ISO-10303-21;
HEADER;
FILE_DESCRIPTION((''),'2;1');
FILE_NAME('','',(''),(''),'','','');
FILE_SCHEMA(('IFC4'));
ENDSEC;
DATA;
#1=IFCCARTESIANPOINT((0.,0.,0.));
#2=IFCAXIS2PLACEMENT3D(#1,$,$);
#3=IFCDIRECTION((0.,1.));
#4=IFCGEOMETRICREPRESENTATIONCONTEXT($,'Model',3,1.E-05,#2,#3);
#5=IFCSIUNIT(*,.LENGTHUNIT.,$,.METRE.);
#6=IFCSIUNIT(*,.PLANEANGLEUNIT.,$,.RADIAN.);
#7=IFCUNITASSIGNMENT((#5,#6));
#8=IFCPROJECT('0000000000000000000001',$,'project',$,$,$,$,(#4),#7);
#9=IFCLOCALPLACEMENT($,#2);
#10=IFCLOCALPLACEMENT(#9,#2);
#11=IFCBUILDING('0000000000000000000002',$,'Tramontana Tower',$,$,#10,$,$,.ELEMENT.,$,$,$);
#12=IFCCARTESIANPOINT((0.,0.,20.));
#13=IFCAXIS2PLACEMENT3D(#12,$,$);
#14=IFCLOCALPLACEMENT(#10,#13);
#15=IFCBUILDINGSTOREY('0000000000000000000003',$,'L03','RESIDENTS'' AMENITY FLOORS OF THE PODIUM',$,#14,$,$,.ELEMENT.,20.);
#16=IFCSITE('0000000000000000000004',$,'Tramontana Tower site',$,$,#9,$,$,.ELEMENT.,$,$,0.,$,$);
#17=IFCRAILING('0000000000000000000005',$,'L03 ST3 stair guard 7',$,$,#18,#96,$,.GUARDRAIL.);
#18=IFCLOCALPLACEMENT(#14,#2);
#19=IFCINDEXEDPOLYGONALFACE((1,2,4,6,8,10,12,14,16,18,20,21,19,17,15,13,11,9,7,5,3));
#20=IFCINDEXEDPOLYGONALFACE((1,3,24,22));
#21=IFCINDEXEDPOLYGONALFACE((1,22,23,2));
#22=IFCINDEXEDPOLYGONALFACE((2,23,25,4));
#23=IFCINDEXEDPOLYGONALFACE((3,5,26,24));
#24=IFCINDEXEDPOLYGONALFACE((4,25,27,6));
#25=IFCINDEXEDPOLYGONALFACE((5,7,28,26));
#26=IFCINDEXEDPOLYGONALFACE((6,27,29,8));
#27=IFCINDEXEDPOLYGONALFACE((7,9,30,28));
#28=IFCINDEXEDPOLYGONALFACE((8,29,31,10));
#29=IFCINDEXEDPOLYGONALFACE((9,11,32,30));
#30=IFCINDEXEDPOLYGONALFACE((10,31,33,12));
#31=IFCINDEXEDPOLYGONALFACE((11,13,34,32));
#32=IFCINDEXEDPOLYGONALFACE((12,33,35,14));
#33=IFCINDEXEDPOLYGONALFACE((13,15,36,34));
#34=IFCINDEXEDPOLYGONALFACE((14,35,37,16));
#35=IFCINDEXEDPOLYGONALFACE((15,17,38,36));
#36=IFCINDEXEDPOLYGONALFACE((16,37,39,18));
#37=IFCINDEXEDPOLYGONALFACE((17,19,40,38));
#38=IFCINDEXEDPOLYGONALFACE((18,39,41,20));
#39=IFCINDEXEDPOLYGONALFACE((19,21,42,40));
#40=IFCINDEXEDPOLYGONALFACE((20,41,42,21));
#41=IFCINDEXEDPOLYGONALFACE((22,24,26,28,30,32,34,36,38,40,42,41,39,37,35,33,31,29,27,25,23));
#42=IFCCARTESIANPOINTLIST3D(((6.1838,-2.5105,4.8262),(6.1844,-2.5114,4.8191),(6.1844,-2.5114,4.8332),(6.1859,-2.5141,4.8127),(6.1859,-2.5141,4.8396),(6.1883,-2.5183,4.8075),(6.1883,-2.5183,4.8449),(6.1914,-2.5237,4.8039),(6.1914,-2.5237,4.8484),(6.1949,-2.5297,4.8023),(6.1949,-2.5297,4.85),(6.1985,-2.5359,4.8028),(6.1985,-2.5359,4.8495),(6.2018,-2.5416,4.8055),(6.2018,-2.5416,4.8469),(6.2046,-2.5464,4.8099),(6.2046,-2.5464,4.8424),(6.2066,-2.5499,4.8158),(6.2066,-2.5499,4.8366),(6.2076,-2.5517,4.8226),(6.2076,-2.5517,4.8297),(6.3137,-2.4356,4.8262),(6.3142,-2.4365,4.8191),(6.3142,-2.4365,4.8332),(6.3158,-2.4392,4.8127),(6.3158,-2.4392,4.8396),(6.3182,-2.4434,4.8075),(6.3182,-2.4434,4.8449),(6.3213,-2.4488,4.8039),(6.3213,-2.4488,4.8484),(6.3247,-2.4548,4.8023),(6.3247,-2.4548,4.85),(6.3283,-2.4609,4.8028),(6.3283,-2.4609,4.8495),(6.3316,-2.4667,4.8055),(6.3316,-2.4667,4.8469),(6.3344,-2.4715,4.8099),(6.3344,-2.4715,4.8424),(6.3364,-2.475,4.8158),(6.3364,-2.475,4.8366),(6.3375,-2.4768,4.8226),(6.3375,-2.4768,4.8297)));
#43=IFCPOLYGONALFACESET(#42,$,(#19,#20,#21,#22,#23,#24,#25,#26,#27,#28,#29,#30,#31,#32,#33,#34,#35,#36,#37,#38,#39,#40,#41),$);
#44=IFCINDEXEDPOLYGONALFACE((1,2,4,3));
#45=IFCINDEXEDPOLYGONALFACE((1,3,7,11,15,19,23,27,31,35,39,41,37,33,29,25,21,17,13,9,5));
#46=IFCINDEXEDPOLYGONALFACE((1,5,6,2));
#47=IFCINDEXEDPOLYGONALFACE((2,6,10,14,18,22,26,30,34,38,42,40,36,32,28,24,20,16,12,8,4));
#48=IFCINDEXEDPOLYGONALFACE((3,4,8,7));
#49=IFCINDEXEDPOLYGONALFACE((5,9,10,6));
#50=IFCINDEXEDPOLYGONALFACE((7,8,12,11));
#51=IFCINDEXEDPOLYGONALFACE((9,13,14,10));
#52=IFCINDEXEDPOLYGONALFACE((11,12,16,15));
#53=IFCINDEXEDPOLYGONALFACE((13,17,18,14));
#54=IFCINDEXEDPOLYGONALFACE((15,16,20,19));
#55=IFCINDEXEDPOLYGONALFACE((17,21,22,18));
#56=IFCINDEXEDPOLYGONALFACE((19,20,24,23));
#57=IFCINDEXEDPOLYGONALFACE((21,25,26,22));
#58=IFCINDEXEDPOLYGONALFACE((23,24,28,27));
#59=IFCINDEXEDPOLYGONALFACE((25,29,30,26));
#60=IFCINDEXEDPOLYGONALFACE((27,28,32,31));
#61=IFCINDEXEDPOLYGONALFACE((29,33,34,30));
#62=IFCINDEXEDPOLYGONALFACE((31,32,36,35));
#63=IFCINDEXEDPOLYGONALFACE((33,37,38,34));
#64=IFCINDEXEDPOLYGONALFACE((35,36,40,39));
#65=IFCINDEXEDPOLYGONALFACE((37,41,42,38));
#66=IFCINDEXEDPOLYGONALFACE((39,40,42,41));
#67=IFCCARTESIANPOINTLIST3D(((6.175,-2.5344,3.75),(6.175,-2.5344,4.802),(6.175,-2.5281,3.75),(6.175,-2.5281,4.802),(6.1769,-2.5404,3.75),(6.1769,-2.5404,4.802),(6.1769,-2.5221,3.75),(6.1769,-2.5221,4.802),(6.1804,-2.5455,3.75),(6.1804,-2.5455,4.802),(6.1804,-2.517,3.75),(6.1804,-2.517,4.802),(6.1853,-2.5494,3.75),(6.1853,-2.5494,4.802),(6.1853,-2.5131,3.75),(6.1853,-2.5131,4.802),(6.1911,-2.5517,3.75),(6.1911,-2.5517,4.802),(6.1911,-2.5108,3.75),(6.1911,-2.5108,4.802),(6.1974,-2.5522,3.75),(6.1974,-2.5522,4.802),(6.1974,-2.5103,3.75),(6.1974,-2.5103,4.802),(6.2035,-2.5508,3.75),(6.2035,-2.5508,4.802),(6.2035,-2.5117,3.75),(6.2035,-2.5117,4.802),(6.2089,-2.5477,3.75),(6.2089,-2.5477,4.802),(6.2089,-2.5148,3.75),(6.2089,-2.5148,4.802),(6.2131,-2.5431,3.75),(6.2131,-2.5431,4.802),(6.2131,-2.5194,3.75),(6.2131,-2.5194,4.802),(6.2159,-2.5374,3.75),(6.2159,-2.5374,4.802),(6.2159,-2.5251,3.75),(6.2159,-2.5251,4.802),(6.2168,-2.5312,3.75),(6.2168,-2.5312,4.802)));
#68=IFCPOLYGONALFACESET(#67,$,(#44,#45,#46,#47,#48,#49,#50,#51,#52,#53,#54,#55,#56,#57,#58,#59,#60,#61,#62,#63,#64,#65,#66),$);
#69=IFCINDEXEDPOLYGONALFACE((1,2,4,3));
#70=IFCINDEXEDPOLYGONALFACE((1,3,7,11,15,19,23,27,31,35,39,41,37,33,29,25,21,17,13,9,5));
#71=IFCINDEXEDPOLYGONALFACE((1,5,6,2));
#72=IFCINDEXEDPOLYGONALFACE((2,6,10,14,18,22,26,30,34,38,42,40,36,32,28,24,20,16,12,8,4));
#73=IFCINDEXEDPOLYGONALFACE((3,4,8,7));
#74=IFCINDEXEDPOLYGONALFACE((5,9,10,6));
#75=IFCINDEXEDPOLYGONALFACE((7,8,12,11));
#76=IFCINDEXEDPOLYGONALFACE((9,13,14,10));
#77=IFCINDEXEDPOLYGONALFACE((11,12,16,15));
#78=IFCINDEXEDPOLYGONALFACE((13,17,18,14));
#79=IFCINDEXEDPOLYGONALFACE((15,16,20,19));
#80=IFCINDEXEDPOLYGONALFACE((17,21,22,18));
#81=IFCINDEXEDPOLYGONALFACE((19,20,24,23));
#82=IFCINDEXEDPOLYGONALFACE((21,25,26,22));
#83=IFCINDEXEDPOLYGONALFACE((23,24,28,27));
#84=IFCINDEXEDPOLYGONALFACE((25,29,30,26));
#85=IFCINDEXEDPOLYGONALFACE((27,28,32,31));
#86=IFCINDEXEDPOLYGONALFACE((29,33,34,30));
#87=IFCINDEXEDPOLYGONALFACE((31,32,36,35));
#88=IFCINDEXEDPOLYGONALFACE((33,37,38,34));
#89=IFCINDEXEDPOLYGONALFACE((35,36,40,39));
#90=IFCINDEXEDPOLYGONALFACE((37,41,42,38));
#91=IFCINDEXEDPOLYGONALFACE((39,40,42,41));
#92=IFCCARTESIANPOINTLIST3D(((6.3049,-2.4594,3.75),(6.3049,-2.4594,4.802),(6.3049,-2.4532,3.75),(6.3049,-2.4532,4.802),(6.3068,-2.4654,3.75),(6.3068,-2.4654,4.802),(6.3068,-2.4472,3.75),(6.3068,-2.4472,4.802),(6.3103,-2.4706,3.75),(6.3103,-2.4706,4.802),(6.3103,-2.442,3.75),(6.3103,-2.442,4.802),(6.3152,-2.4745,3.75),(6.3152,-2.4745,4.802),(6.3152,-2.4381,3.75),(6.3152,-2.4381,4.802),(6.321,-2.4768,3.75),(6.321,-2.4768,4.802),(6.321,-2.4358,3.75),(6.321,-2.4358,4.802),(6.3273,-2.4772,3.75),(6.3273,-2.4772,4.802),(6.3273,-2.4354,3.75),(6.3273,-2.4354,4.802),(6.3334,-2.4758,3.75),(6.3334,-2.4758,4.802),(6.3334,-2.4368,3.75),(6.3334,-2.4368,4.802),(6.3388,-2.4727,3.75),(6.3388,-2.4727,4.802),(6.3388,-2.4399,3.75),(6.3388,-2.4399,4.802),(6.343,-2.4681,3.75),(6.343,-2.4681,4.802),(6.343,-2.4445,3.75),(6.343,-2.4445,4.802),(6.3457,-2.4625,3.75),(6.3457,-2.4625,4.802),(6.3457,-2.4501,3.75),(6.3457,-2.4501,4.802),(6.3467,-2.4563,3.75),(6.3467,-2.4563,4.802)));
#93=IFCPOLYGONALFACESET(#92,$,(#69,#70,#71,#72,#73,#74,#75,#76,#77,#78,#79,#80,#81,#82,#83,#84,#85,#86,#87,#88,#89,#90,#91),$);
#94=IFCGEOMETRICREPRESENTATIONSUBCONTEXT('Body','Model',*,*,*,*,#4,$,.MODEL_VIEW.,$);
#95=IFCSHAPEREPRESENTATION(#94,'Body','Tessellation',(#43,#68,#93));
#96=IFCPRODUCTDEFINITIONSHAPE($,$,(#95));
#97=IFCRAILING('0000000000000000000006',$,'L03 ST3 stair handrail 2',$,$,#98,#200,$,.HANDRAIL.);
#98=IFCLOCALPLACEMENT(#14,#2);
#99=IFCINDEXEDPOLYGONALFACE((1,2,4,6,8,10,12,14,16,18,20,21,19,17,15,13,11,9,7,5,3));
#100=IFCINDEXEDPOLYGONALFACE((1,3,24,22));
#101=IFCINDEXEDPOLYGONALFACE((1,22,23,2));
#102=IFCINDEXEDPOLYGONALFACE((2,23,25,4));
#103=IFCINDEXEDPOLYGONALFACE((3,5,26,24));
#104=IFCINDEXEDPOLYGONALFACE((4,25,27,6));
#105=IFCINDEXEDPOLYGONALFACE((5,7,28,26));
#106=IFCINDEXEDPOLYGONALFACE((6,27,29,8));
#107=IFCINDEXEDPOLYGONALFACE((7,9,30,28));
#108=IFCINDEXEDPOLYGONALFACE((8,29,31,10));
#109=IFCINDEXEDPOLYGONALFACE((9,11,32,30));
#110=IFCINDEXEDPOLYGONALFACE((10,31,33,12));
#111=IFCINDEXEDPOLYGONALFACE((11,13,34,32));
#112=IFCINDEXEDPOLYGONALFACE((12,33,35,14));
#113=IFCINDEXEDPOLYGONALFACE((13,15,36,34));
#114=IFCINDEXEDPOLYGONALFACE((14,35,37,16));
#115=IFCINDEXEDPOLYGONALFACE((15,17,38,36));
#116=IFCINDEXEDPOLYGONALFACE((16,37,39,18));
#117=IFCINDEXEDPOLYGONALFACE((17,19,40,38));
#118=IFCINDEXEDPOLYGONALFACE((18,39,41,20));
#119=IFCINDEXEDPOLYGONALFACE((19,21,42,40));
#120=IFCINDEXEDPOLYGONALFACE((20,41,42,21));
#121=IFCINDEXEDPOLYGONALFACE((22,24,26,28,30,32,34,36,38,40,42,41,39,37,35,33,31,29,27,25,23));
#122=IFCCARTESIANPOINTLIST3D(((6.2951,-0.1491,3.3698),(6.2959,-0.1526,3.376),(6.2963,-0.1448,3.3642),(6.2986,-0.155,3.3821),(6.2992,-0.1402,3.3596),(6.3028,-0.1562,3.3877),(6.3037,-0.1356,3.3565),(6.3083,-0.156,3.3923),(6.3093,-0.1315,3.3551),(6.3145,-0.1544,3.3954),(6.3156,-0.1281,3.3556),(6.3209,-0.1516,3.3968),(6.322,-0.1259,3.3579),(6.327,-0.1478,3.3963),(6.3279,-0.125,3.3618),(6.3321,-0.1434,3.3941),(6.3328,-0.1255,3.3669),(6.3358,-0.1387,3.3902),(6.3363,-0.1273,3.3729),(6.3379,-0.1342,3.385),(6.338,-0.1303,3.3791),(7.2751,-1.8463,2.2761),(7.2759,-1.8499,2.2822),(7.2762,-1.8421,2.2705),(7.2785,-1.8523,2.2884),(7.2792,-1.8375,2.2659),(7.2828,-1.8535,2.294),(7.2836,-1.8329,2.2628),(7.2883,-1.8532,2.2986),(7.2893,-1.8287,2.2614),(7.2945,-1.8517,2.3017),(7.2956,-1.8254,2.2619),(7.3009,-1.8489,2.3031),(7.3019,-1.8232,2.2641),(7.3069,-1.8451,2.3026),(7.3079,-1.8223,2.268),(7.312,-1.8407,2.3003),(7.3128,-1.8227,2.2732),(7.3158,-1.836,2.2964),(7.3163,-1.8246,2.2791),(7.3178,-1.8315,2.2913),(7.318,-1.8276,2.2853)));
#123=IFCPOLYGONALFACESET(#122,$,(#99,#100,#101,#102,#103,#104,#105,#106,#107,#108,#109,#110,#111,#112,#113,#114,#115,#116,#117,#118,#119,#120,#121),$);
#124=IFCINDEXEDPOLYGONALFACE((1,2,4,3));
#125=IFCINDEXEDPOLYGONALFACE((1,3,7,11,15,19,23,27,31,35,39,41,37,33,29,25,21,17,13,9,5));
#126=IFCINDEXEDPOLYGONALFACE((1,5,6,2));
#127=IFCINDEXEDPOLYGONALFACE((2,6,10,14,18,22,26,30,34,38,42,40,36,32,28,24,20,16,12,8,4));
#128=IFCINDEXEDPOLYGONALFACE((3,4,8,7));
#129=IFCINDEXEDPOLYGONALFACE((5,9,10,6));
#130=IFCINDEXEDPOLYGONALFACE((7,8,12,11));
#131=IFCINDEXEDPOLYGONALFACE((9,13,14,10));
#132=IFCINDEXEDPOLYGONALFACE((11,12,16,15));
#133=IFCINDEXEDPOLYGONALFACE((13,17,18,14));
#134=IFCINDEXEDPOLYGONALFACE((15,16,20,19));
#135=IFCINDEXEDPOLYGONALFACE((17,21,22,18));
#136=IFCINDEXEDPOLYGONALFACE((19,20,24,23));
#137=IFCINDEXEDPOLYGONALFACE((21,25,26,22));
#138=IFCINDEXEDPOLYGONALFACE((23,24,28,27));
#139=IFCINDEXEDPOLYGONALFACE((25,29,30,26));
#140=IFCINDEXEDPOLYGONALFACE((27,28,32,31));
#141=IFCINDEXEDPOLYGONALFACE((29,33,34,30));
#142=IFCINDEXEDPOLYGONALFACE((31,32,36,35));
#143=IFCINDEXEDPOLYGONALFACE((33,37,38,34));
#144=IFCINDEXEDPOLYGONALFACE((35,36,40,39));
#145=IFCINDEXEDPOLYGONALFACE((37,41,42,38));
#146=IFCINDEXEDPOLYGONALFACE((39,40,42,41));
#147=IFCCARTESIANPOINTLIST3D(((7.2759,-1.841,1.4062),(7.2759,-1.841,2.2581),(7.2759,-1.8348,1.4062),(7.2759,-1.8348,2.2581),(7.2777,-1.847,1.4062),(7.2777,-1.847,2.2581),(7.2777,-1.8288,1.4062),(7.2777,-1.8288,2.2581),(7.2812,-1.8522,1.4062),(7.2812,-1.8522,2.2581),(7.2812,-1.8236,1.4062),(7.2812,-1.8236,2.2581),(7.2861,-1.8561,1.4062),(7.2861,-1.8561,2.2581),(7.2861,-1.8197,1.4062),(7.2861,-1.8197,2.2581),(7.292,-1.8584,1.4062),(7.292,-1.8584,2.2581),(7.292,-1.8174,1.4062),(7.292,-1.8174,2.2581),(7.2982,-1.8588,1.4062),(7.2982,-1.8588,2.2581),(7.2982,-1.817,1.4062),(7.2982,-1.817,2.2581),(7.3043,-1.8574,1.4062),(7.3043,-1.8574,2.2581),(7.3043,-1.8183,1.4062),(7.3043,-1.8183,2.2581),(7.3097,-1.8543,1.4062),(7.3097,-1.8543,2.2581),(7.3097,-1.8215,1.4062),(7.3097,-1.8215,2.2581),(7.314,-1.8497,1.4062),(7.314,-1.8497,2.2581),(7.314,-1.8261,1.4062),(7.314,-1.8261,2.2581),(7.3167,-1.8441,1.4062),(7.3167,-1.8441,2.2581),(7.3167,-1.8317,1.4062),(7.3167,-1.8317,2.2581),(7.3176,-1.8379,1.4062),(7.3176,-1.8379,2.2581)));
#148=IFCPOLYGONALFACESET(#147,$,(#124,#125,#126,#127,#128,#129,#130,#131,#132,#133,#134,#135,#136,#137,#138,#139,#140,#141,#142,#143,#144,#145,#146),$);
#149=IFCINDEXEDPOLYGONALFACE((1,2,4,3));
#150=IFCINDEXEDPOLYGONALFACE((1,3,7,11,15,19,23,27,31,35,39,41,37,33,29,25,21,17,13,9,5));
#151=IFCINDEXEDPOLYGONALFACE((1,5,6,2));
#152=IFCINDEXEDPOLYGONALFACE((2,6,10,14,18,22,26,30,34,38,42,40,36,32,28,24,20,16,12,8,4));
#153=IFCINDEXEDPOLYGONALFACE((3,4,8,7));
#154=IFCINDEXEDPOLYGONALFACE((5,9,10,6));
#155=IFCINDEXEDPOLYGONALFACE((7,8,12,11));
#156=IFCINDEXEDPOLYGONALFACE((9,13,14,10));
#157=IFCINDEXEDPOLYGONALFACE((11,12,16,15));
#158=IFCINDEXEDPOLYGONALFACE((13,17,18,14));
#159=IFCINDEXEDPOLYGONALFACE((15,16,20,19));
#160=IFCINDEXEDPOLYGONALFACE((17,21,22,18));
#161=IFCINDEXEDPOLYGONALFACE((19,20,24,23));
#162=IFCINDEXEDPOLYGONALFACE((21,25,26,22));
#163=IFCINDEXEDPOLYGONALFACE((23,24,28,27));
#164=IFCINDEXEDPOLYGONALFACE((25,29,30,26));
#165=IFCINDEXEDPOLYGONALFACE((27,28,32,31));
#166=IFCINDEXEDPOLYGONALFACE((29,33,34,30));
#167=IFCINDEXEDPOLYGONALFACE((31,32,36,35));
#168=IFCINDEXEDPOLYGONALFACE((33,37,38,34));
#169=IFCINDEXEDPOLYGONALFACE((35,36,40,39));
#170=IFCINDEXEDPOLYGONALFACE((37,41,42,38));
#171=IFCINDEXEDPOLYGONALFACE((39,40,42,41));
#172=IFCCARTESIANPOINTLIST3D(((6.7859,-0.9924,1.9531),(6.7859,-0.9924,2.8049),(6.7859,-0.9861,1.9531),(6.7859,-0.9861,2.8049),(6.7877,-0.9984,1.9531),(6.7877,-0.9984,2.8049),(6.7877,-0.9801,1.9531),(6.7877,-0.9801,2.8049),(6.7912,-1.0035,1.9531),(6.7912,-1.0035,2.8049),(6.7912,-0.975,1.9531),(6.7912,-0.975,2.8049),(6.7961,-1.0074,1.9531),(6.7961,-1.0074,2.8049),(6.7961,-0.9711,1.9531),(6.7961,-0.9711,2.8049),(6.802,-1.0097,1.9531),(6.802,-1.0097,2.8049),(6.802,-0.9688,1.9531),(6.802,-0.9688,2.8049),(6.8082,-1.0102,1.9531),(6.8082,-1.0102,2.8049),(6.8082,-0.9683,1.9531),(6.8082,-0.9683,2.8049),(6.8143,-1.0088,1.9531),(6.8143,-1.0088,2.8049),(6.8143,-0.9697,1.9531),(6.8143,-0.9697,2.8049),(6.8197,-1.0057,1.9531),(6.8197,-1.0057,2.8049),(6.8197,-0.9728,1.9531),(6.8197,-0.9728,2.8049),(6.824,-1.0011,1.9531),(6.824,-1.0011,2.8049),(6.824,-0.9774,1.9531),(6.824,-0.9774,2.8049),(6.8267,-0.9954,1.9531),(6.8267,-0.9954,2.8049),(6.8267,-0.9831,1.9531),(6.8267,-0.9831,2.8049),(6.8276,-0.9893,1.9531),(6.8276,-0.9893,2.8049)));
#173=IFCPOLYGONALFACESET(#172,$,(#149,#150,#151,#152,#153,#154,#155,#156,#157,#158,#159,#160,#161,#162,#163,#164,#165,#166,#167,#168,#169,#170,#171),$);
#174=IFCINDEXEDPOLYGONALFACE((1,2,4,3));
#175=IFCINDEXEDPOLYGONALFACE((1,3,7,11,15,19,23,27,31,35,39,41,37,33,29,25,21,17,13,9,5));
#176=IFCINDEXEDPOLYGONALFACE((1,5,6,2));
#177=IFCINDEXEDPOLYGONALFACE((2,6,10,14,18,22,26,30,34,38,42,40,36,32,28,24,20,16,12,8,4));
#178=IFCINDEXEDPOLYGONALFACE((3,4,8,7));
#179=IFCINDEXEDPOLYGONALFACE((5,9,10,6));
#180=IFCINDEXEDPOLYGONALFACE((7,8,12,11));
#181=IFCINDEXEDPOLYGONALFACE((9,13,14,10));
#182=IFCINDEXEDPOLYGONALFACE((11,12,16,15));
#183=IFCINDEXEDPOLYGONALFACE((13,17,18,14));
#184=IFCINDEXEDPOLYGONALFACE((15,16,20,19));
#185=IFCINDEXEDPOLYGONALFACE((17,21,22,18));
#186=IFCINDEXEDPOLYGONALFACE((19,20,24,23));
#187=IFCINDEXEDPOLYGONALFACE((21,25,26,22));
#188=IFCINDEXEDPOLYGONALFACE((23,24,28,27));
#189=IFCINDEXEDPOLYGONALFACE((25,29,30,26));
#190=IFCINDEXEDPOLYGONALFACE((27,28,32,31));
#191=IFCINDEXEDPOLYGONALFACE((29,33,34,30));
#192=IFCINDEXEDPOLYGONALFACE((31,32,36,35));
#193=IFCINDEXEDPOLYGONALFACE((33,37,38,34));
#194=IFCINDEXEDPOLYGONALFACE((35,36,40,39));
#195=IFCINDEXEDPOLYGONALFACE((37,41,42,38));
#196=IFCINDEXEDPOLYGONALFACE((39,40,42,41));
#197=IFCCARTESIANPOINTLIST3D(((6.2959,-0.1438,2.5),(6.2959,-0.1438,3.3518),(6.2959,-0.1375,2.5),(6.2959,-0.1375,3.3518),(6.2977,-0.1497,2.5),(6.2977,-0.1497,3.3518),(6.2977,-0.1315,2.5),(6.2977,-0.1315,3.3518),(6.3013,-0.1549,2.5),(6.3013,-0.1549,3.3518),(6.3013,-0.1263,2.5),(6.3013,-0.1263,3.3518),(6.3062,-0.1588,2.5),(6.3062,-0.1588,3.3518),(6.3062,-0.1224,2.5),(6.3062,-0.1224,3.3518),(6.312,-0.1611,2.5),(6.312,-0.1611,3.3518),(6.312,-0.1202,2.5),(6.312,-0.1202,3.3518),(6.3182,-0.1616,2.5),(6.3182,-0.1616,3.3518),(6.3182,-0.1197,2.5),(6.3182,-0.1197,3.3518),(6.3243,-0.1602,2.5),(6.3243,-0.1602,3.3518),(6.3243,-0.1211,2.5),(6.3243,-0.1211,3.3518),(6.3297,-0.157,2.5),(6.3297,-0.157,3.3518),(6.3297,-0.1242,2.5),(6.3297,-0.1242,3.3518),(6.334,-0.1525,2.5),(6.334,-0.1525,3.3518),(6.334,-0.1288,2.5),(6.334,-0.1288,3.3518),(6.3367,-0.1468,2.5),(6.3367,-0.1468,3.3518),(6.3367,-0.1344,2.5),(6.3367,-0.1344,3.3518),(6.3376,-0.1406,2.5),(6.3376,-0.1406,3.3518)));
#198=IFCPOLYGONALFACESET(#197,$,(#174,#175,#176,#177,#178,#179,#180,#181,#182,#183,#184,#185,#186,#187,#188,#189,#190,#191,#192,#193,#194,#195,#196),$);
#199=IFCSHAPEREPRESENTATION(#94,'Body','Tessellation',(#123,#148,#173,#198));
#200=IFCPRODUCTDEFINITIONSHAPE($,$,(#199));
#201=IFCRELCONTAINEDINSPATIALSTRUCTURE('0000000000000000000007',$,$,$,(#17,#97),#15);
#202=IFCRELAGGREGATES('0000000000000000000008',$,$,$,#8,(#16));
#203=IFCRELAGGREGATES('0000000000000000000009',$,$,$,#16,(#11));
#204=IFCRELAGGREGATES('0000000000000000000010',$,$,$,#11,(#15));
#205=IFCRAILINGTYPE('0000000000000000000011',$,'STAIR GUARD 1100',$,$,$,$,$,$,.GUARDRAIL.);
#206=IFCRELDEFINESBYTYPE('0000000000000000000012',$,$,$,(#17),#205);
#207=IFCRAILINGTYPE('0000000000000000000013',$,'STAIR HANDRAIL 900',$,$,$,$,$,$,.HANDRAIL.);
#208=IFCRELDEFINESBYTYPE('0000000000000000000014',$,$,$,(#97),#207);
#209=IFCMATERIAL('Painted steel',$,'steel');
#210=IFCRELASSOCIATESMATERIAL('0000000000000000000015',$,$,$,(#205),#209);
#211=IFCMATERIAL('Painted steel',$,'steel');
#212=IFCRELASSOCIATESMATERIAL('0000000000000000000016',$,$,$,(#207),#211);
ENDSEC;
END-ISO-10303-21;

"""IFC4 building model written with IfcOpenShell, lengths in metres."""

from ifc_helpers import new_model, si_unit, direction, frame, origin, origin_2d, place, context, subcontext, project, spatial, circle, extrude, material, type_object, element, save


model = new_model("IFC4")

# Units and contexts
model_context = context("Model", 3, precision=1e-05, world=origin(), true_north=direction((0.0, 1.0)))
body_context = subcontext(model_context, "Body", "Model", "MODEL_VIEW")
ifc_project = project(units=[si_unit("LENGTHUNIT", "METRE"), si_unit("PLANEANGLEUNIT", "RADIAN")], contexts=[model_context])

# Site, building, storey
site_placement = place(None, origin())
site = spatial("IfcSite", under=ifc_project, at=site_placement, Name="Tramontana Tower site", CompositionType="ELEMENT", RefElevation=0.0)
building_placement = place(site_placement, origin())
building = spatial("IfcBuilding", under=site, at=building_placement, Name="Tramontana Tower", CompositionType="ELEMENT")
storey_placement = place(building_placement, frame((0.0, 0.0, 20.0)))
storey = spatial("IfcBuildingStorey", under=building, at=storey_placement, Name="L03", Description="RESIDENTS' AMENITY FLOORS OF THE PODIUM", CompositionType="ELEMENT", Elevation=20.0)

# Railings
ifc_material_1 = material(Name="Painted steel", Category="steel")
railing_type_1 = type_object("IfcRailingType", Name="STAIR GUARD 1100", PredefinedType="GUARDRAIL", material=ifc_material_1)
for number, where, name in (
    (1, (6.1958, -2.5312, 3.75), "L03 ST3 stair guard 7"),
):
    element("IfcRailing", number, at=place(storey_placement, frame(where)), inside=storey, type_object=railing_type_1, Name=name, PredefinedType="GUARDRAIL", context=body_context, shape_type="SweptSolid", body=[
        extrude(circle(Radius=0.0239, at=origin_2d()), frame((0.0, 0.0, 1.0762), z_axis=(0.866131, 0.499816, 0.0), x_axis=(-0.499816, 0.866131, 0.0)), (0.0, 0.0, 1.0), 0.1499),
        extrude(circle(Radius=0.021, at=origin_2d()), origin(), (0.0, 0.0, 1.0), 1.052),
        extrude(circle(Radius=0.021, at=origin_2d()), frame((0.1299, 0.075, 0.0)), (0.0, 0.0, 1.0), 1.052),
    ])
ifc_material_2 = material(Name="Painted steel", Category="steel")
railing_type_2 = type_object("IfcRailingType", Name="STAIR HANDRAIL 900", PredefinedType="HANDRAIL", material=ifc_material_2)
for number, where, name in (
    (2, (7.2966, -1.8379, 1.4062), "L03 ST3 stair handrail 2"),
):
    element("IfcRailing", number, at=place(storey_placement, frame(where)), inside=storey, type_object=railing_type_2, Name=name, PredefinedType="HANDRAIL", context=body_context, shape_type="SweptSolid", body=[
        extrude(circle(Radius=0.0239, at=origin_2d()), frame((0.0, 0.0, 0.876), z_axis=(-0.436632, 0.75622, 0.487323), x_axis=(-0.866011, -0.500024, 0.0)), (0.0, 0.0, 1.0), 2.2444),
        extrude(circle(Radius=0.021, at=origin_2d()), origin(), (0.0, 0.0, 1.0), 0.8518),
        extrude(circle(Radius=0.021, at=origin_2d()), frame((-0.49, 0.8486, 0.5469)), (0.0, 0.0, 1.0), 0.8518),
        extrude(circle(Radius=0.021, at=origin_2d()), frame((-0.98, 1.6973, 1.0938)), (0.0, 0.0, 1.0), 0.8518),
    ])

save(model, "model.ifc")
